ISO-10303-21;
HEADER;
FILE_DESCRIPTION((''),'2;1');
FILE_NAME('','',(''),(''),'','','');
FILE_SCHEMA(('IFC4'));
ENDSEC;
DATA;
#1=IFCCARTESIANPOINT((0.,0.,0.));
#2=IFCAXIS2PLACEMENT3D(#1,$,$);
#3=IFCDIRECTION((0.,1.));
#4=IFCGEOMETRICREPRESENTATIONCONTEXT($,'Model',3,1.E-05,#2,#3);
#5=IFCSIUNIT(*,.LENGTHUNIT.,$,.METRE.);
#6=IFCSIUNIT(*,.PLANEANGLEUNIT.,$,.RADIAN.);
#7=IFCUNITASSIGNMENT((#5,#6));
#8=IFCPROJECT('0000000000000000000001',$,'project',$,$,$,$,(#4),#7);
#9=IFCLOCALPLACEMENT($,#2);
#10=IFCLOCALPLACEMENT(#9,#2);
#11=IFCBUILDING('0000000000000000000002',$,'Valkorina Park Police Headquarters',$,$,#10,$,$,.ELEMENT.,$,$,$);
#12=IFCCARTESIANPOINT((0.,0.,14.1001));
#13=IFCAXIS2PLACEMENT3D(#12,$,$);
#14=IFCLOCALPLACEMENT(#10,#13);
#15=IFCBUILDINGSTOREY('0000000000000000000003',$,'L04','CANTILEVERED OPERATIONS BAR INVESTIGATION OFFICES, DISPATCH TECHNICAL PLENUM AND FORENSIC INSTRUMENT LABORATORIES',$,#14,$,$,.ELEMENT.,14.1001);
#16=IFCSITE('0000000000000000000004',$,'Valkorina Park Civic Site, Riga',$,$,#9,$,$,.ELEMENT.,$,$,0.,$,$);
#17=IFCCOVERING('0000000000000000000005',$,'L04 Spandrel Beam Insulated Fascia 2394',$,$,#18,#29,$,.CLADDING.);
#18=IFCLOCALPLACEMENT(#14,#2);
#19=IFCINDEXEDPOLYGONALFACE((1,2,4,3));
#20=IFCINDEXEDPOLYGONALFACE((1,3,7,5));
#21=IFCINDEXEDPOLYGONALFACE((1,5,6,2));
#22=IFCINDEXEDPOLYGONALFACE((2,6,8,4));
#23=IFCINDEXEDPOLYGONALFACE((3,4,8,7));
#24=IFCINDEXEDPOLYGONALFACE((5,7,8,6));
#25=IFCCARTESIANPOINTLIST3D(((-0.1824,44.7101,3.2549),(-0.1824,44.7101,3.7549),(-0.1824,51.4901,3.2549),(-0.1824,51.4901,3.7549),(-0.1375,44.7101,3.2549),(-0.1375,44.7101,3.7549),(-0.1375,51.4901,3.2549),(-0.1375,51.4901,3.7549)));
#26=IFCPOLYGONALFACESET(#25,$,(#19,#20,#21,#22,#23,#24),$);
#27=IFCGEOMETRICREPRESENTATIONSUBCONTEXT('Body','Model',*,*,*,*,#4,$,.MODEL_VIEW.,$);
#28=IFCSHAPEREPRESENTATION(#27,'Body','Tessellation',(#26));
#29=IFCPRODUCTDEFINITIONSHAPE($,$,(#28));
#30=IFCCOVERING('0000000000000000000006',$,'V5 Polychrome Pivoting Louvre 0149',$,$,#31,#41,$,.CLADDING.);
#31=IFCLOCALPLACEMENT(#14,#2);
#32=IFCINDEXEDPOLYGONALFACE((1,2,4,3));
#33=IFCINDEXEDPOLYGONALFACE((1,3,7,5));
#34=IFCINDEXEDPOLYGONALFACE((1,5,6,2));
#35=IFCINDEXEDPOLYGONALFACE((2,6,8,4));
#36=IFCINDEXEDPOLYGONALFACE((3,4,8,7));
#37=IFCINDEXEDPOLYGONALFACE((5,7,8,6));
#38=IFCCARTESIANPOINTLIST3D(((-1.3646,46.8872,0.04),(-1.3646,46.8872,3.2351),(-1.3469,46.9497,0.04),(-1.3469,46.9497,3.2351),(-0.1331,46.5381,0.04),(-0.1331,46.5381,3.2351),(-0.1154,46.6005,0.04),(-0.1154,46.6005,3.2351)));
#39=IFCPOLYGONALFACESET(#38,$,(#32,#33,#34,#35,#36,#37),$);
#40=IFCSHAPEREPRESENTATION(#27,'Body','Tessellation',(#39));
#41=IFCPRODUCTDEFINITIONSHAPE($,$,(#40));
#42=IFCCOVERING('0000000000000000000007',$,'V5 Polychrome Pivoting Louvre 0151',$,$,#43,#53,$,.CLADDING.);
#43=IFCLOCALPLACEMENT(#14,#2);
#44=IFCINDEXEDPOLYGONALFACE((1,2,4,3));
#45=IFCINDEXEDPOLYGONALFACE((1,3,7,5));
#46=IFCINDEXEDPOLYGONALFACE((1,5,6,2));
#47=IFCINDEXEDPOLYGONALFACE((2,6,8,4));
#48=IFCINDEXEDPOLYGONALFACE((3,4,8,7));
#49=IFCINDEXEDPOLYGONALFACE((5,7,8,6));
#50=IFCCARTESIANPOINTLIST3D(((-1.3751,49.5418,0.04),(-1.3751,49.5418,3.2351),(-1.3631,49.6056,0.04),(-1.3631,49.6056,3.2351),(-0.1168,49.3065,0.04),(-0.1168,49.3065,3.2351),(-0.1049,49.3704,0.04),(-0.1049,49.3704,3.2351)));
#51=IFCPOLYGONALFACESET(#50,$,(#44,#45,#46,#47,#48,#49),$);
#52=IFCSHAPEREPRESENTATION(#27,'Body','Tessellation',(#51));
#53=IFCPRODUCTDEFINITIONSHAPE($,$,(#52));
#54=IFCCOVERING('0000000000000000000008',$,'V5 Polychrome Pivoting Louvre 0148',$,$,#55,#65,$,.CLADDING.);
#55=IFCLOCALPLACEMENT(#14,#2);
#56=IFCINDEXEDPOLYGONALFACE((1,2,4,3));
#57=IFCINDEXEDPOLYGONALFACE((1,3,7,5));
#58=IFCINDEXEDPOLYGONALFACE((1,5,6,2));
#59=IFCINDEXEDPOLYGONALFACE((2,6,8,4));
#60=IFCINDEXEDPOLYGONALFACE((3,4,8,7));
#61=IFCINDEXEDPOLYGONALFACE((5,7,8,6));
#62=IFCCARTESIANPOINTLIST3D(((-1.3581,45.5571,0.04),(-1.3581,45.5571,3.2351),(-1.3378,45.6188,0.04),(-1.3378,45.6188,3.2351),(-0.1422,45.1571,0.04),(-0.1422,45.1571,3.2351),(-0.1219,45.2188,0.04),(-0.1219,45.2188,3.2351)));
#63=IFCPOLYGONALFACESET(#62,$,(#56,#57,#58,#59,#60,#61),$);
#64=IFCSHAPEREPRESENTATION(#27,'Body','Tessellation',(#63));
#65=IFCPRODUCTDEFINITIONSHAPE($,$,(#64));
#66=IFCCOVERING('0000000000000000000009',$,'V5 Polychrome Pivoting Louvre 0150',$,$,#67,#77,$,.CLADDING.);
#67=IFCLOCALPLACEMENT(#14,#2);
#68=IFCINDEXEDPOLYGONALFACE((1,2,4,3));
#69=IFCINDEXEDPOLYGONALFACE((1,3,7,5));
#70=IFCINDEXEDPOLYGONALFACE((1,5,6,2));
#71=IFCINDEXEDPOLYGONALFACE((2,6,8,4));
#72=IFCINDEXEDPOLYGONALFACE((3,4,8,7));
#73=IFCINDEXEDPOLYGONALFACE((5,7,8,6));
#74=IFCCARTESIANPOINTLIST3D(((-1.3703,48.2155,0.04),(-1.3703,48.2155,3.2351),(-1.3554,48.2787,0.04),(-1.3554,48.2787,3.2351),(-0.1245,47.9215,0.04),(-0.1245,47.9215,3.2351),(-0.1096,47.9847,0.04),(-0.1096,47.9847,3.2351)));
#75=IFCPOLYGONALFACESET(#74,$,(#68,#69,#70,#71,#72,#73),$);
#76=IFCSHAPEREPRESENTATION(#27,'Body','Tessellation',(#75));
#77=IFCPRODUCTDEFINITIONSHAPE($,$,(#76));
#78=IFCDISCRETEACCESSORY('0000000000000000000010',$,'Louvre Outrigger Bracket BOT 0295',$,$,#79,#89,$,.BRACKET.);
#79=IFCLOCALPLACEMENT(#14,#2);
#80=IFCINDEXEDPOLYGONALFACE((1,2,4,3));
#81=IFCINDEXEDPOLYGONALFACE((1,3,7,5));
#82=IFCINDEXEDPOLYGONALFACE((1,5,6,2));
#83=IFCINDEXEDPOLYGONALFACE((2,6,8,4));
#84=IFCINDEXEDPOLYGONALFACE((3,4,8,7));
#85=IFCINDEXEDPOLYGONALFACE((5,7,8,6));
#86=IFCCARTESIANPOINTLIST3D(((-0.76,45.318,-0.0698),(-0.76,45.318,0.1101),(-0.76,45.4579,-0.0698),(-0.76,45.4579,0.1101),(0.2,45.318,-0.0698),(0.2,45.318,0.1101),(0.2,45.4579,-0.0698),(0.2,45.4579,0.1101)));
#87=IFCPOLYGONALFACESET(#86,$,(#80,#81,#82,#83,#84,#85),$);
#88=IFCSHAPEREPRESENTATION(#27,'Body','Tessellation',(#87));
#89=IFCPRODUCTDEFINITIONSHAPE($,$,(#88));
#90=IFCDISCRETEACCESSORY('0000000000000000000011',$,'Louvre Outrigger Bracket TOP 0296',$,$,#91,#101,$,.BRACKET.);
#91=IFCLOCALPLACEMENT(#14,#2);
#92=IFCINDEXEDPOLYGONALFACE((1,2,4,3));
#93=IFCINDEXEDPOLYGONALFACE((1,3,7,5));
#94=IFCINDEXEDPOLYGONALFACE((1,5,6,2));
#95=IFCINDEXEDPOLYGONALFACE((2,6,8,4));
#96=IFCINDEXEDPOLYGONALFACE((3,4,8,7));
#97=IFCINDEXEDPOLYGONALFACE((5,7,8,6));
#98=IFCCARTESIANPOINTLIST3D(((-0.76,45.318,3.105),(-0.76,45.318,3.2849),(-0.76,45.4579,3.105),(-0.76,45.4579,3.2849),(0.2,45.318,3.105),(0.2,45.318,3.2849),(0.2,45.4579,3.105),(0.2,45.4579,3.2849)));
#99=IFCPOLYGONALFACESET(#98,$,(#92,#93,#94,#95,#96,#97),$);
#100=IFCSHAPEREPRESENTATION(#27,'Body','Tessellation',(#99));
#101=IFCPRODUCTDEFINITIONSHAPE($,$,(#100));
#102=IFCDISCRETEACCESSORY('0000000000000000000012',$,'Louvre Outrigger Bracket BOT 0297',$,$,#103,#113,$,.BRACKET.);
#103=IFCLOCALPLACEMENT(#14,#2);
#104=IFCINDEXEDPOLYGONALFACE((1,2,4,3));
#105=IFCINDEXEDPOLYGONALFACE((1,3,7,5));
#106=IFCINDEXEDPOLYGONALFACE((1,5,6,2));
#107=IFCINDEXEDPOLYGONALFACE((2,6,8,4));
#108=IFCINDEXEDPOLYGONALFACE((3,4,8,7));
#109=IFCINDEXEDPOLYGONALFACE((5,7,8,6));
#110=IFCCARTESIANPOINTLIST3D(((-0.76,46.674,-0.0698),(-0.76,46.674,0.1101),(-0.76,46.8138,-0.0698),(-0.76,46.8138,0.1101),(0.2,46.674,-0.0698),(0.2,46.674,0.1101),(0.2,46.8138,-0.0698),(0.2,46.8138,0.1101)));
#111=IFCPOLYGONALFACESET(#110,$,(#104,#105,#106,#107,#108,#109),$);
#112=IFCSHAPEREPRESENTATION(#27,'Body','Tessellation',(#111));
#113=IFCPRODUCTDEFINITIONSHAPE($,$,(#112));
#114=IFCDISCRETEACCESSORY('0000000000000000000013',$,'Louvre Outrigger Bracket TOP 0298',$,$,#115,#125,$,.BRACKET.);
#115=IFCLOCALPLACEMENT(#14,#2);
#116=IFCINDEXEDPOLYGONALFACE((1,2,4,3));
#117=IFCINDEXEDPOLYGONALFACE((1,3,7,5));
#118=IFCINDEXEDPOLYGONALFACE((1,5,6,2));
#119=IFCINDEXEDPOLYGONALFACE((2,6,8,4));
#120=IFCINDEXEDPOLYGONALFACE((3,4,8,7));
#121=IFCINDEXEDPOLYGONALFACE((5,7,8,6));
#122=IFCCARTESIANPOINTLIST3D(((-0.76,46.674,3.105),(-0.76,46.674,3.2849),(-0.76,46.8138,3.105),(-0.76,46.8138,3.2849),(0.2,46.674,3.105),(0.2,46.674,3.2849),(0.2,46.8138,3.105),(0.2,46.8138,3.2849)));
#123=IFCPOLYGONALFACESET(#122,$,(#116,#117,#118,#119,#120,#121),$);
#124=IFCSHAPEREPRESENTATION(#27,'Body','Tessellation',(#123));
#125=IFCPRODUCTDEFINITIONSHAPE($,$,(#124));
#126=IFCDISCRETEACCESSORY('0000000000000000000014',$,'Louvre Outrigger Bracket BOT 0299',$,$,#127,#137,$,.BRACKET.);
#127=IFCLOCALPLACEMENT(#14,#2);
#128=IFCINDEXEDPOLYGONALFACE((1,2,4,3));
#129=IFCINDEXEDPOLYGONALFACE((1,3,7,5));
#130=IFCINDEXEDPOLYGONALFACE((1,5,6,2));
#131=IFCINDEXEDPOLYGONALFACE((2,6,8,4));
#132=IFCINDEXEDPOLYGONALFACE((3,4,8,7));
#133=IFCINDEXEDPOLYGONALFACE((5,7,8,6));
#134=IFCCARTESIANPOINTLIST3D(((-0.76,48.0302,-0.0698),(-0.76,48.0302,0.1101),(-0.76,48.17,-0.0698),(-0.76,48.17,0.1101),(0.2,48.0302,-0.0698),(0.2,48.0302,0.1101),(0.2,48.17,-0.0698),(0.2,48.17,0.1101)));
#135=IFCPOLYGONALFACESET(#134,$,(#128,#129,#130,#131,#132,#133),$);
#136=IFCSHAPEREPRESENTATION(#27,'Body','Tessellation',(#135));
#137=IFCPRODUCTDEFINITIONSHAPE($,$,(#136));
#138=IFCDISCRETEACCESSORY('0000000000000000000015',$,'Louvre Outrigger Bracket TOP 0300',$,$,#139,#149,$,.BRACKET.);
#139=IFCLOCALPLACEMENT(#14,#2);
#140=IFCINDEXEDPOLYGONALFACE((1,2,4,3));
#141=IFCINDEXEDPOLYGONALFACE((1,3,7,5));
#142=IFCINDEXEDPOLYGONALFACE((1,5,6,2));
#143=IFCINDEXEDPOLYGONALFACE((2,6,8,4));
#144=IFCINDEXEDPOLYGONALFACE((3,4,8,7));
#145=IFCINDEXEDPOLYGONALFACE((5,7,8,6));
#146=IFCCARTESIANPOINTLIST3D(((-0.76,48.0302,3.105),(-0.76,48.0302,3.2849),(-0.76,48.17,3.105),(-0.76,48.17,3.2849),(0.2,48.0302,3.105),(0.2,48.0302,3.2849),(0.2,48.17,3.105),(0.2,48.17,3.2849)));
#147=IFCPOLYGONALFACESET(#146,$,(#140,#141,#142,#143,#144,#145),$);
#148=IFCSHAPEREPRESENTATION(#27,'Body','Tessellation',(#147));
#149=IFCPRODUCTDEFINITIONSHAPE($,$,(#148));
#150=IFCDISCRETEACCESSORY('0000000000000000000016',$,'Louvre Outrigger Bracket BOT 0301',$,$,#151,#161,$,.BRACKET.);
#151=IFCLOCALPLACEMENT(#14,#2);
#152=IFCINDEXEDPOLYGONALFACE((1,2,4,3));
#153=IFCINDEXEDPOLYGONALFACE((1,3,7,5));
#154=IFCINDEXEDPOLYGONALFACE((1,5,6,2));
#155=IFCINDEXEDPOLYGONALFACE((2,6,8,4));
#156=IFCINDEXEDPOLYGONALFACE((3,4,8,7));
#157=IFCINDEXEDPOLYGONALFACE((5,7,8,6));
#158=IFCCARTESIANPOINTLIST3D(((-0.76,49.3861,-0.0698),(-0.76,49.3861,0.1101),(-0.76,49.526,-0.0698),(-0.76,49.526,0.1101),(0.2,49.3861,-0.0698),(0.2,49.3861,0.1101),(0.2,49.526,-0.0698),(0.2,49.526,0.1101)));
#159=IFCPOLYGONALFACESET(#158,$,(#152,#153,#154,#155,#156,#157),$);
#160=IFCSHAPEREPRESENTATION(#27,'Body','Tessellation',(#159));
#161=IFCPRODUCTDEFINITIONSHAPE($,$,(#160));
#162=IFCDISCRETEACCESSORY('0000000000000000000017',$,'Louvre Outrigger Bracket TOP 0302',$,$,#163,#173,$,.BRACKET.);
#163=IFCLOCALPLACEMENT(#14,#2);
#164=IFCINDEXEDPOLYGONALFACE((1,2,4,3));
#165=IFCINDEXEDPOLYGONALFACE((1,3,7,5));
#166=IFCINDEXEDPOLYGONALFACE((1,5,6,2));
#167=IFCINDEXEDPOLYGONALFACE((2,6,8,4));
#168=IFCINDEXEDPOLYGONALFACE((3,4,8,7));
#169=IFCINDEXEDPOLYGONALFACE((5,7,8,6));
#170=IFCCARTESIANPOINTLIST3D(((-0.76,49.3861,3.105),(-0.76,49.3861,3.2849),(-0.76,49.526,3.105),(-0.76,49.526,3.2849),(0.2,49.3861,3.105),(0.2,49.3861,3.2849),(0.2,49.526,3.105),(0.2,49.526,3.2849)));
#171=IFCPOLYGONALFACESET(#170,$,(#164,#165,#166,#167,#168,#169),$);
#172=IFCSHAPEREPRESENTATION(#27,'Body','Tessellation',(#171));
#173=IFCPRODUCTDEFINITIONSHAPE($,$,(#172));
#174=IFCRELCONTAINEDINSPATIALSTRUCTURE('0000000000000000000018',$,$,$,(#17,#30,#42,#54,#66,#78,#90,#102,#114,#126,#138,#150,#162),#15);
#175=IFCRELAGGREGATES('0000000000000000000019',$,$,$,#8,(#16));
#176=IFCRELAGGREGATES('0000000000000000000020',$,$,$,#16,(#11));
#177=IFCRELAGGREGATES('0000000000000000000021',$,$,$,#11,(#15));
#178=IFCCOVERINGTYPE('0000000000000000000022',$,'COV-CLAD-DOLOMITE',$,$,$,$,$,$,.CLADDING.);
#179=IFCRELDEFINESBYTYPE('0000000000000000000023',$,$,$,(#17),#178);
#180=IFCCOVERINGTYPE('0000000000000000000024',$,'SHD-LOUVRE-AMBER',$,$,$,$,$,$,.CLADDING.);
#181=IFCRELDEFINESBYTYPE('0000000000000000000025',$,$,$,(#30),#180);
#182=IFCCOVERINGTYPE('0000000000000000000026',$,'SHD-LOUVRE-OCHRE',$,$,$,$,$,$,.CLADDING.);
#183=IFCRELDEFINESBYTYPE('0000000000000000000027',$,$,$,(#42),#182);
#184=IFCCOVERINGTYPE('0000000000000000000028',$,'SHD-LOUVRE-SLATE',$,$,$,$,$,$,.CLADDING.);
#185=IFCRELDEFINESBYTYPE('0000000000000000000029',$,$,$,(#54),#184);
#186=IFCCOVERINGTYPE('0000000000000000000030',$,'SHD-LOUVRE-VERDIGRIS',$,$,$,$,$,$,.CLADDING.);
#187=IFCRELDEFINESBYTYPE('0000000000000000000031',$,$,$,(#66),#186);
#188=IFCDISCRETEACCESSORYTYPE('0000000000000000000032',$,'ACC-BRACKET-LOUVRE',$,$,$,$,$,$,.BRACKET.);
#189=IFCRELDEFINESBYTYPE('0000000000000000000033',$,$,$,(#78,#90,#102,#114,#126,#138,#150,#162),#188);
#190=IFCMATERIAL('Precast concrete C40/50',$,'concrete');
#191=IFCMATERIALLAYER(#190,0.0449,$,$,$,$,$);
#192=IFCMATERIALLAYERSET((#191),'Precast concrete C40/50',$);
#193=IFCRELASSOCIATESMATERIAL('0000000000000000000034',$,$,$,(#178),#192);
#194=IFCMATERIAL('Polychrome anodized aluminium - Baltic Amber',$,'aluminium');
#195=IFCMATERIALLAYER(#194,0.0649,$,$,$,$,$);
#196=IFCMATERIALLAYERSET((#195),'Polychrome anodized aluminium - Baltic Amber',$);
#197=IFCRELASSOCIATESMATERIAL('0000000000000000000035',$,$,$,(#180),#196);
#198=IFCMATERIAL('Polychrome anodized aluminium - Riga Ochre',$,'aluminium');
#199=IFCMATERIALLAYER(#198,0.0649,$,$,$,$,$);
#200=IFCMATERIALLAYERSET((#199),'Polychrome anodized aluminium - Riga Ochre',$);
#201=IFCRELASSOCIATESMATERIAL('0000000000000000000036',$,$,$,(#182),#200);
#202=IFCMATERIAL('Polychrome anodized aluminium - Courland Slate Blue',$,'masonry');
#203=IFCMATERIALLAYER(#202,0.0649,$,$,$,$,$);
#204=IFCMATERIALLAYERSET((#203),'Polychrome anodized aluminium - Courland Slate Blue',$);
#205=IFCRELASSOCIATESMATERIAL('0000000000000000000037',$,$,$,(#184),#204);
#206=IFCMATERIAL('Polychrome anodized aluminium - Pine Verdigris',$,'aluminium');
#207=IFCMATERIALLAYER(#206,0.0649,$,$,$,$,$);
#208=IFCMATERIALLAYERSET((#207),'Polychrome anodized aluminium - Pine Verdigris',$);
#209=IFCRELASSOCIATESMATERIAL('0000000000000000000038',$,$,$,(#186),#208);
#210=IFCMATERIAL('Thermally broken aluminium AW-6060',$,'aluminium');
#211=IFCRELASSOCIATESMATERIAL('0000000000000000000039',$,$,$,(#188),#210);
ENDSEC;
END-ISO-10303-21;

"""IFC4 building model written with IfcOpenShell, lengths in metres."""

from ifc_helpers import new_model, si_unit, direction, frame, frame_2d, origin, origin_2d, place, context, subcontext, project, spatial, rectangle, extrude, material, layer, layer_set, type_object, element, save


model = new_model("IFC4")

# Units and contexts
model_context = context("Model", 3, precision=1e-05, world=origin(), true_north=direction((0.0, 1.0)))
body_context = subcontext(model_context, "Body", "Model", "MODEL_VIEW")
ifc_project = project(units=[si_unit("LENGTHUNIT", "METRE"), si_unit("PLANEANGLEUNIT", "RADIAN")], contexts=[model_context])

# Site, building, storey
site_placement = place(None, origin())
site = spatial("IfcSite", under=ifc_project, at=site_placement, Name="Valkorina Park Civic Site, Riga", CompositionType="ELEMENT", RefElevation=0.0)
building_placement = place(site_placement, origin())
building = spatial("IfcBuilding", under=site, at=building_placement, Name="Valkorina Park Police Headquarters", CompositionType="ELEMENT")
storey_placement = place(building_placement, frame((0.0, 0.0, 14.1001)))
storey = spatial("IfcBuildingStorey", under=building, at=storey_placement, Name="L04", Description="CANTILEVERED OPERATIONS BAR INVESTIGATION OFFICES, DISPATCH TECHNICAL PLENUM AND FORENSIC INSTRUMENT LABORATORIES", CompositionType="ELEMENT", Elevation=14.1001)

# Shared definitions
ifc_material_1 = material(Name="Thermally broken aluminium AW-6060", Category="aluminium")

# Coverings
ifc_material_2 = material(Name="Precast concrete C40/50", Category="concrete")
ifc_layer_1 = layer(ifc_material_2, 0.0449)
ifc_layer_set_1 = layer_set([ifc_layer_1], Name="Precast concrete C40/50")
covering_type_1 = type_object("IfcCoveringType", Name="COV-CLAD-DOLOMITE", PredefinedType="CLADDING", material=ifc_layer_set_1)
covering_1_placement = place(storey_placement, frame((-0.1599, 44.71, 3.2549), z_axis=(0.0, 0.0, 1.0), x_axis=(0.0, 1.0, 0.0)))
element("IfcCovering", 1, at=covering_1_placement, inside=storey, type_object=covering_type_1, Name="L04 Spandrel Beam Insulated Fascia 2394", PredefinedType="CLADDING", context=body_context, shape_type="SweptSolid", body=[
    extrude(rectangle(XDim=6.78, YDim=0.0449, at=frame_2d((3.3901, 0.0))), origin(), (0.0, 0.0, 1.0), 0.5),
])
ifc_material_3 = material(Name="Polychrome anodized aluminium - Baltic Amber", Category="aluminium")
ifc_layer_2 = layer(ifc_material_3, 0.0649)
ifc_layer_set_2 = layer_set([ifc_layer_2], Name="Polychrome anodized aluminium - Baltic Amber")
covering_type_2 = type_object("IfcCoveringType", Name="SHD-LOUVRE-AMBER", PredefinedType="CLADDING", material=ifc_layer_set_2)
covering_2_placement = place(storey_placement, frame((-0.74, 46.7439, 0.04), z_axis=(0.0, 0.0, 1.0), x_axis=(-0.962075, 0.272784, 0.0)))
element("IfcCovering", 2, at=covering_2_placement, inside=storey, type_object=covering_type_2, Name="V5 Polychrome Pivoting Louvre 0149", PredefinedType="CLADDING", context=body_context, shape_type="SweptSolid", body=[
    extrude(rectangle(XDim=1.28, YDim=0.0649, at=origin_2d()), origin(), (0.0, 0.0, 1.0), 3.1951),
])
ifc_material_4 = material(Name="Polychrome anodized aluminium - Riga Ochre", Category="aluminium")
ifc_layer_3 = layer(ifc_material_4, 0.0649)
ifc_layer_set_3 = layer_set([ifc_layer_3], Name="Polychrome anodized aluminium - Riga Ochre")
covering_type_3 = type_object("IfcCoveringType", Name="SHD-LOUVRE-OCHRE", PredefinedType="CLADDING", material=ifc_layer_set_3)
covering_3_placement = place(storey_placement, frame((-0.74, 49.4561, 0.04), z_axis=(0.0, 0.0, 1.0), x_axis=(-0.982967, 0.18378, 0.0)))
element("IfcCovering", 3, at=covering_3_placement, inside=storey, type_object=covering_type_3, Name="V5 Polychrome Pivoting Louvre 0151", PredefinedType="CLADDING", context=body_context, shape_type="SweptSolid", body=[
    extrude(rectangle(XDim=1.28, YDim=0.0649, at=origin_2d()), origin(), (0.0, 0.0, 1.0), 3.1951),
])
ifc_material_5 = material(Name="Polychrome anodized aluminium - Courland Slate Blue", Category="masonry")
ifc_layer_4 = layer(ifc_material_5, 0.0649)
ifc_layer_set_4 = layer_set([ifc_layer_4], Name="Polychrome anodized aluminium - Courland Slate Blue")
covering_type_4 = type_object("IfcCoveringType", Name="SHD-LOUVRE-SLATE", PredefinedType="CLADDING", material=ifc_layer_set_4)
covering_4_placement = place(storey_placement, frame((-0.74, 45.3879, 0.04), z_axis=(0.0, 0.0, 1.0), x_axis=(-0.949918, 0.312501, 0.0)))
element("IfcCovering", 4, at=covering_4_placement, inside=storey, type_object=covering_type_4, Name="V5 Polychrome Pivoting Louvre 0148", PredefinedType="CLADDING", context=body_context, shape_type="SweptSolid", body=[
    extrude(rectangle(XDim=1.28, YDim=0.0649, at=origin_2d()), origin(), (0.0, 0.0, 1.0), 3.1951),
])
ifc_material_6 = material(Name="Polychrome anodized aluminium - Pine Verdigris", Category="aluminium")
ifc_layer_5 = layer(ifc_material_6, 0.0649)
ifc_layer_set_5 = layer_set([ifc_layer_5], Name="Polychrome anodized aluminium - Pine Verdigris")
covering_type_5 = type_object("IfcCoveringType", Name="SHD-LOUVRE-VERDIGRIS", PredefinedType="CLADDING", material=ifc_layer_set_5)
covering_5_placement = place(storey_placement, frame((-0.74, 48.1001, 0.04), z_axis=(0.0, 0.0, 1.0), x_axis=(-0.973259, 0.22971, 0.0)))
element("IfcCovering", 5, at=covering_5_placement, inside=storey, type_object=covering_type_5, Name="V5 Polychrome Pivoting Louvre 0150", PredefinedType="CLADDING", context=body_context, shape_type="SweptSolid", body=[
    extrude(rectangle(XDim=1.28, YDim=0.0649, at=origin_2d()), origin(), (0.0, 0.0, 1.0), 3.1951),
])

# Discrete accessories
discrete_accessory_type = type_object("IfcDiscreteAccessoryType", Name="ACC-BRACKET-LOUVRE", PredefinedType="BRACKET", material=ifc_material_1)
for number, where, z_axis, x_axis, name in (
    (6, (-0.28, 45.3879, -0.0698), (0.0, 0.0, 1.0), (-1.0, 0.0, 0.0), "Louvre Outrigger Bracket BOT 0295"),
    (7, (-0.28, 45.3879, 3.105), (0.0, 0.0, 1.0), (-1.0, 0.0, 0.0), "Louvre Outrigger Bracket TOP 0296"),
    (8, (-0.28, 46.7439, -0.0698), (0.0, 0.0, 1.0), (-1.0, 0.0, 0.0), "Louvre Outrigger Bracket BOT 0297"),
    (9, (-0.28, 46.7439, 3.105), (0.0, 0.0, 1.0), (-1.0, 0.0, 0.0), "Louvre Outrigger Bracket TOP 0298"),
    (10, (-0.28, 48.1001, -0.0698), (0.0, 0.0, 1.0), (-1.0, 0.0, 0.0), "Louvre Outrigger Bracket BOT 0299"),
    (11, (-0.28, 48.1001, 3.105), (0.0, 0.0, 1.0), (-1.0, 0.0, 0.0), "Louvre Outrigger Bracket TOP 0300"),
    (12, (-0.28, 49.4561, -0.0698), (0.0, 0.0, 1.0), (-1.0, 0.0, 0.0), "Louvre Outrigger Bracket BOT 0301"),
    (13, (-0.28, 49.4561, 3.105), (0.0, 0.0, 1.0), (-1.0, 0.0, 0.0), "Louvre Outrigger Bracket TOP 0302"),
):
    element("IfcDiscreteAccessory", number, at=place(storey_placement, frame(where, z_axis=z_axis, x_axis=x_axis)), inside=storey, type_object=discrete_accessory_type, Name=name, PredefinedType="BRACKET", context=body_context, shape_type="SweptSolid", body=[
        extrude(rectangle(XDim=0.96, YDim=0.1399, at=origin_2d()), origin(), (0.0, 0.0, 1.0), 0.1799),
    ])

save(model, "model.ifc")
